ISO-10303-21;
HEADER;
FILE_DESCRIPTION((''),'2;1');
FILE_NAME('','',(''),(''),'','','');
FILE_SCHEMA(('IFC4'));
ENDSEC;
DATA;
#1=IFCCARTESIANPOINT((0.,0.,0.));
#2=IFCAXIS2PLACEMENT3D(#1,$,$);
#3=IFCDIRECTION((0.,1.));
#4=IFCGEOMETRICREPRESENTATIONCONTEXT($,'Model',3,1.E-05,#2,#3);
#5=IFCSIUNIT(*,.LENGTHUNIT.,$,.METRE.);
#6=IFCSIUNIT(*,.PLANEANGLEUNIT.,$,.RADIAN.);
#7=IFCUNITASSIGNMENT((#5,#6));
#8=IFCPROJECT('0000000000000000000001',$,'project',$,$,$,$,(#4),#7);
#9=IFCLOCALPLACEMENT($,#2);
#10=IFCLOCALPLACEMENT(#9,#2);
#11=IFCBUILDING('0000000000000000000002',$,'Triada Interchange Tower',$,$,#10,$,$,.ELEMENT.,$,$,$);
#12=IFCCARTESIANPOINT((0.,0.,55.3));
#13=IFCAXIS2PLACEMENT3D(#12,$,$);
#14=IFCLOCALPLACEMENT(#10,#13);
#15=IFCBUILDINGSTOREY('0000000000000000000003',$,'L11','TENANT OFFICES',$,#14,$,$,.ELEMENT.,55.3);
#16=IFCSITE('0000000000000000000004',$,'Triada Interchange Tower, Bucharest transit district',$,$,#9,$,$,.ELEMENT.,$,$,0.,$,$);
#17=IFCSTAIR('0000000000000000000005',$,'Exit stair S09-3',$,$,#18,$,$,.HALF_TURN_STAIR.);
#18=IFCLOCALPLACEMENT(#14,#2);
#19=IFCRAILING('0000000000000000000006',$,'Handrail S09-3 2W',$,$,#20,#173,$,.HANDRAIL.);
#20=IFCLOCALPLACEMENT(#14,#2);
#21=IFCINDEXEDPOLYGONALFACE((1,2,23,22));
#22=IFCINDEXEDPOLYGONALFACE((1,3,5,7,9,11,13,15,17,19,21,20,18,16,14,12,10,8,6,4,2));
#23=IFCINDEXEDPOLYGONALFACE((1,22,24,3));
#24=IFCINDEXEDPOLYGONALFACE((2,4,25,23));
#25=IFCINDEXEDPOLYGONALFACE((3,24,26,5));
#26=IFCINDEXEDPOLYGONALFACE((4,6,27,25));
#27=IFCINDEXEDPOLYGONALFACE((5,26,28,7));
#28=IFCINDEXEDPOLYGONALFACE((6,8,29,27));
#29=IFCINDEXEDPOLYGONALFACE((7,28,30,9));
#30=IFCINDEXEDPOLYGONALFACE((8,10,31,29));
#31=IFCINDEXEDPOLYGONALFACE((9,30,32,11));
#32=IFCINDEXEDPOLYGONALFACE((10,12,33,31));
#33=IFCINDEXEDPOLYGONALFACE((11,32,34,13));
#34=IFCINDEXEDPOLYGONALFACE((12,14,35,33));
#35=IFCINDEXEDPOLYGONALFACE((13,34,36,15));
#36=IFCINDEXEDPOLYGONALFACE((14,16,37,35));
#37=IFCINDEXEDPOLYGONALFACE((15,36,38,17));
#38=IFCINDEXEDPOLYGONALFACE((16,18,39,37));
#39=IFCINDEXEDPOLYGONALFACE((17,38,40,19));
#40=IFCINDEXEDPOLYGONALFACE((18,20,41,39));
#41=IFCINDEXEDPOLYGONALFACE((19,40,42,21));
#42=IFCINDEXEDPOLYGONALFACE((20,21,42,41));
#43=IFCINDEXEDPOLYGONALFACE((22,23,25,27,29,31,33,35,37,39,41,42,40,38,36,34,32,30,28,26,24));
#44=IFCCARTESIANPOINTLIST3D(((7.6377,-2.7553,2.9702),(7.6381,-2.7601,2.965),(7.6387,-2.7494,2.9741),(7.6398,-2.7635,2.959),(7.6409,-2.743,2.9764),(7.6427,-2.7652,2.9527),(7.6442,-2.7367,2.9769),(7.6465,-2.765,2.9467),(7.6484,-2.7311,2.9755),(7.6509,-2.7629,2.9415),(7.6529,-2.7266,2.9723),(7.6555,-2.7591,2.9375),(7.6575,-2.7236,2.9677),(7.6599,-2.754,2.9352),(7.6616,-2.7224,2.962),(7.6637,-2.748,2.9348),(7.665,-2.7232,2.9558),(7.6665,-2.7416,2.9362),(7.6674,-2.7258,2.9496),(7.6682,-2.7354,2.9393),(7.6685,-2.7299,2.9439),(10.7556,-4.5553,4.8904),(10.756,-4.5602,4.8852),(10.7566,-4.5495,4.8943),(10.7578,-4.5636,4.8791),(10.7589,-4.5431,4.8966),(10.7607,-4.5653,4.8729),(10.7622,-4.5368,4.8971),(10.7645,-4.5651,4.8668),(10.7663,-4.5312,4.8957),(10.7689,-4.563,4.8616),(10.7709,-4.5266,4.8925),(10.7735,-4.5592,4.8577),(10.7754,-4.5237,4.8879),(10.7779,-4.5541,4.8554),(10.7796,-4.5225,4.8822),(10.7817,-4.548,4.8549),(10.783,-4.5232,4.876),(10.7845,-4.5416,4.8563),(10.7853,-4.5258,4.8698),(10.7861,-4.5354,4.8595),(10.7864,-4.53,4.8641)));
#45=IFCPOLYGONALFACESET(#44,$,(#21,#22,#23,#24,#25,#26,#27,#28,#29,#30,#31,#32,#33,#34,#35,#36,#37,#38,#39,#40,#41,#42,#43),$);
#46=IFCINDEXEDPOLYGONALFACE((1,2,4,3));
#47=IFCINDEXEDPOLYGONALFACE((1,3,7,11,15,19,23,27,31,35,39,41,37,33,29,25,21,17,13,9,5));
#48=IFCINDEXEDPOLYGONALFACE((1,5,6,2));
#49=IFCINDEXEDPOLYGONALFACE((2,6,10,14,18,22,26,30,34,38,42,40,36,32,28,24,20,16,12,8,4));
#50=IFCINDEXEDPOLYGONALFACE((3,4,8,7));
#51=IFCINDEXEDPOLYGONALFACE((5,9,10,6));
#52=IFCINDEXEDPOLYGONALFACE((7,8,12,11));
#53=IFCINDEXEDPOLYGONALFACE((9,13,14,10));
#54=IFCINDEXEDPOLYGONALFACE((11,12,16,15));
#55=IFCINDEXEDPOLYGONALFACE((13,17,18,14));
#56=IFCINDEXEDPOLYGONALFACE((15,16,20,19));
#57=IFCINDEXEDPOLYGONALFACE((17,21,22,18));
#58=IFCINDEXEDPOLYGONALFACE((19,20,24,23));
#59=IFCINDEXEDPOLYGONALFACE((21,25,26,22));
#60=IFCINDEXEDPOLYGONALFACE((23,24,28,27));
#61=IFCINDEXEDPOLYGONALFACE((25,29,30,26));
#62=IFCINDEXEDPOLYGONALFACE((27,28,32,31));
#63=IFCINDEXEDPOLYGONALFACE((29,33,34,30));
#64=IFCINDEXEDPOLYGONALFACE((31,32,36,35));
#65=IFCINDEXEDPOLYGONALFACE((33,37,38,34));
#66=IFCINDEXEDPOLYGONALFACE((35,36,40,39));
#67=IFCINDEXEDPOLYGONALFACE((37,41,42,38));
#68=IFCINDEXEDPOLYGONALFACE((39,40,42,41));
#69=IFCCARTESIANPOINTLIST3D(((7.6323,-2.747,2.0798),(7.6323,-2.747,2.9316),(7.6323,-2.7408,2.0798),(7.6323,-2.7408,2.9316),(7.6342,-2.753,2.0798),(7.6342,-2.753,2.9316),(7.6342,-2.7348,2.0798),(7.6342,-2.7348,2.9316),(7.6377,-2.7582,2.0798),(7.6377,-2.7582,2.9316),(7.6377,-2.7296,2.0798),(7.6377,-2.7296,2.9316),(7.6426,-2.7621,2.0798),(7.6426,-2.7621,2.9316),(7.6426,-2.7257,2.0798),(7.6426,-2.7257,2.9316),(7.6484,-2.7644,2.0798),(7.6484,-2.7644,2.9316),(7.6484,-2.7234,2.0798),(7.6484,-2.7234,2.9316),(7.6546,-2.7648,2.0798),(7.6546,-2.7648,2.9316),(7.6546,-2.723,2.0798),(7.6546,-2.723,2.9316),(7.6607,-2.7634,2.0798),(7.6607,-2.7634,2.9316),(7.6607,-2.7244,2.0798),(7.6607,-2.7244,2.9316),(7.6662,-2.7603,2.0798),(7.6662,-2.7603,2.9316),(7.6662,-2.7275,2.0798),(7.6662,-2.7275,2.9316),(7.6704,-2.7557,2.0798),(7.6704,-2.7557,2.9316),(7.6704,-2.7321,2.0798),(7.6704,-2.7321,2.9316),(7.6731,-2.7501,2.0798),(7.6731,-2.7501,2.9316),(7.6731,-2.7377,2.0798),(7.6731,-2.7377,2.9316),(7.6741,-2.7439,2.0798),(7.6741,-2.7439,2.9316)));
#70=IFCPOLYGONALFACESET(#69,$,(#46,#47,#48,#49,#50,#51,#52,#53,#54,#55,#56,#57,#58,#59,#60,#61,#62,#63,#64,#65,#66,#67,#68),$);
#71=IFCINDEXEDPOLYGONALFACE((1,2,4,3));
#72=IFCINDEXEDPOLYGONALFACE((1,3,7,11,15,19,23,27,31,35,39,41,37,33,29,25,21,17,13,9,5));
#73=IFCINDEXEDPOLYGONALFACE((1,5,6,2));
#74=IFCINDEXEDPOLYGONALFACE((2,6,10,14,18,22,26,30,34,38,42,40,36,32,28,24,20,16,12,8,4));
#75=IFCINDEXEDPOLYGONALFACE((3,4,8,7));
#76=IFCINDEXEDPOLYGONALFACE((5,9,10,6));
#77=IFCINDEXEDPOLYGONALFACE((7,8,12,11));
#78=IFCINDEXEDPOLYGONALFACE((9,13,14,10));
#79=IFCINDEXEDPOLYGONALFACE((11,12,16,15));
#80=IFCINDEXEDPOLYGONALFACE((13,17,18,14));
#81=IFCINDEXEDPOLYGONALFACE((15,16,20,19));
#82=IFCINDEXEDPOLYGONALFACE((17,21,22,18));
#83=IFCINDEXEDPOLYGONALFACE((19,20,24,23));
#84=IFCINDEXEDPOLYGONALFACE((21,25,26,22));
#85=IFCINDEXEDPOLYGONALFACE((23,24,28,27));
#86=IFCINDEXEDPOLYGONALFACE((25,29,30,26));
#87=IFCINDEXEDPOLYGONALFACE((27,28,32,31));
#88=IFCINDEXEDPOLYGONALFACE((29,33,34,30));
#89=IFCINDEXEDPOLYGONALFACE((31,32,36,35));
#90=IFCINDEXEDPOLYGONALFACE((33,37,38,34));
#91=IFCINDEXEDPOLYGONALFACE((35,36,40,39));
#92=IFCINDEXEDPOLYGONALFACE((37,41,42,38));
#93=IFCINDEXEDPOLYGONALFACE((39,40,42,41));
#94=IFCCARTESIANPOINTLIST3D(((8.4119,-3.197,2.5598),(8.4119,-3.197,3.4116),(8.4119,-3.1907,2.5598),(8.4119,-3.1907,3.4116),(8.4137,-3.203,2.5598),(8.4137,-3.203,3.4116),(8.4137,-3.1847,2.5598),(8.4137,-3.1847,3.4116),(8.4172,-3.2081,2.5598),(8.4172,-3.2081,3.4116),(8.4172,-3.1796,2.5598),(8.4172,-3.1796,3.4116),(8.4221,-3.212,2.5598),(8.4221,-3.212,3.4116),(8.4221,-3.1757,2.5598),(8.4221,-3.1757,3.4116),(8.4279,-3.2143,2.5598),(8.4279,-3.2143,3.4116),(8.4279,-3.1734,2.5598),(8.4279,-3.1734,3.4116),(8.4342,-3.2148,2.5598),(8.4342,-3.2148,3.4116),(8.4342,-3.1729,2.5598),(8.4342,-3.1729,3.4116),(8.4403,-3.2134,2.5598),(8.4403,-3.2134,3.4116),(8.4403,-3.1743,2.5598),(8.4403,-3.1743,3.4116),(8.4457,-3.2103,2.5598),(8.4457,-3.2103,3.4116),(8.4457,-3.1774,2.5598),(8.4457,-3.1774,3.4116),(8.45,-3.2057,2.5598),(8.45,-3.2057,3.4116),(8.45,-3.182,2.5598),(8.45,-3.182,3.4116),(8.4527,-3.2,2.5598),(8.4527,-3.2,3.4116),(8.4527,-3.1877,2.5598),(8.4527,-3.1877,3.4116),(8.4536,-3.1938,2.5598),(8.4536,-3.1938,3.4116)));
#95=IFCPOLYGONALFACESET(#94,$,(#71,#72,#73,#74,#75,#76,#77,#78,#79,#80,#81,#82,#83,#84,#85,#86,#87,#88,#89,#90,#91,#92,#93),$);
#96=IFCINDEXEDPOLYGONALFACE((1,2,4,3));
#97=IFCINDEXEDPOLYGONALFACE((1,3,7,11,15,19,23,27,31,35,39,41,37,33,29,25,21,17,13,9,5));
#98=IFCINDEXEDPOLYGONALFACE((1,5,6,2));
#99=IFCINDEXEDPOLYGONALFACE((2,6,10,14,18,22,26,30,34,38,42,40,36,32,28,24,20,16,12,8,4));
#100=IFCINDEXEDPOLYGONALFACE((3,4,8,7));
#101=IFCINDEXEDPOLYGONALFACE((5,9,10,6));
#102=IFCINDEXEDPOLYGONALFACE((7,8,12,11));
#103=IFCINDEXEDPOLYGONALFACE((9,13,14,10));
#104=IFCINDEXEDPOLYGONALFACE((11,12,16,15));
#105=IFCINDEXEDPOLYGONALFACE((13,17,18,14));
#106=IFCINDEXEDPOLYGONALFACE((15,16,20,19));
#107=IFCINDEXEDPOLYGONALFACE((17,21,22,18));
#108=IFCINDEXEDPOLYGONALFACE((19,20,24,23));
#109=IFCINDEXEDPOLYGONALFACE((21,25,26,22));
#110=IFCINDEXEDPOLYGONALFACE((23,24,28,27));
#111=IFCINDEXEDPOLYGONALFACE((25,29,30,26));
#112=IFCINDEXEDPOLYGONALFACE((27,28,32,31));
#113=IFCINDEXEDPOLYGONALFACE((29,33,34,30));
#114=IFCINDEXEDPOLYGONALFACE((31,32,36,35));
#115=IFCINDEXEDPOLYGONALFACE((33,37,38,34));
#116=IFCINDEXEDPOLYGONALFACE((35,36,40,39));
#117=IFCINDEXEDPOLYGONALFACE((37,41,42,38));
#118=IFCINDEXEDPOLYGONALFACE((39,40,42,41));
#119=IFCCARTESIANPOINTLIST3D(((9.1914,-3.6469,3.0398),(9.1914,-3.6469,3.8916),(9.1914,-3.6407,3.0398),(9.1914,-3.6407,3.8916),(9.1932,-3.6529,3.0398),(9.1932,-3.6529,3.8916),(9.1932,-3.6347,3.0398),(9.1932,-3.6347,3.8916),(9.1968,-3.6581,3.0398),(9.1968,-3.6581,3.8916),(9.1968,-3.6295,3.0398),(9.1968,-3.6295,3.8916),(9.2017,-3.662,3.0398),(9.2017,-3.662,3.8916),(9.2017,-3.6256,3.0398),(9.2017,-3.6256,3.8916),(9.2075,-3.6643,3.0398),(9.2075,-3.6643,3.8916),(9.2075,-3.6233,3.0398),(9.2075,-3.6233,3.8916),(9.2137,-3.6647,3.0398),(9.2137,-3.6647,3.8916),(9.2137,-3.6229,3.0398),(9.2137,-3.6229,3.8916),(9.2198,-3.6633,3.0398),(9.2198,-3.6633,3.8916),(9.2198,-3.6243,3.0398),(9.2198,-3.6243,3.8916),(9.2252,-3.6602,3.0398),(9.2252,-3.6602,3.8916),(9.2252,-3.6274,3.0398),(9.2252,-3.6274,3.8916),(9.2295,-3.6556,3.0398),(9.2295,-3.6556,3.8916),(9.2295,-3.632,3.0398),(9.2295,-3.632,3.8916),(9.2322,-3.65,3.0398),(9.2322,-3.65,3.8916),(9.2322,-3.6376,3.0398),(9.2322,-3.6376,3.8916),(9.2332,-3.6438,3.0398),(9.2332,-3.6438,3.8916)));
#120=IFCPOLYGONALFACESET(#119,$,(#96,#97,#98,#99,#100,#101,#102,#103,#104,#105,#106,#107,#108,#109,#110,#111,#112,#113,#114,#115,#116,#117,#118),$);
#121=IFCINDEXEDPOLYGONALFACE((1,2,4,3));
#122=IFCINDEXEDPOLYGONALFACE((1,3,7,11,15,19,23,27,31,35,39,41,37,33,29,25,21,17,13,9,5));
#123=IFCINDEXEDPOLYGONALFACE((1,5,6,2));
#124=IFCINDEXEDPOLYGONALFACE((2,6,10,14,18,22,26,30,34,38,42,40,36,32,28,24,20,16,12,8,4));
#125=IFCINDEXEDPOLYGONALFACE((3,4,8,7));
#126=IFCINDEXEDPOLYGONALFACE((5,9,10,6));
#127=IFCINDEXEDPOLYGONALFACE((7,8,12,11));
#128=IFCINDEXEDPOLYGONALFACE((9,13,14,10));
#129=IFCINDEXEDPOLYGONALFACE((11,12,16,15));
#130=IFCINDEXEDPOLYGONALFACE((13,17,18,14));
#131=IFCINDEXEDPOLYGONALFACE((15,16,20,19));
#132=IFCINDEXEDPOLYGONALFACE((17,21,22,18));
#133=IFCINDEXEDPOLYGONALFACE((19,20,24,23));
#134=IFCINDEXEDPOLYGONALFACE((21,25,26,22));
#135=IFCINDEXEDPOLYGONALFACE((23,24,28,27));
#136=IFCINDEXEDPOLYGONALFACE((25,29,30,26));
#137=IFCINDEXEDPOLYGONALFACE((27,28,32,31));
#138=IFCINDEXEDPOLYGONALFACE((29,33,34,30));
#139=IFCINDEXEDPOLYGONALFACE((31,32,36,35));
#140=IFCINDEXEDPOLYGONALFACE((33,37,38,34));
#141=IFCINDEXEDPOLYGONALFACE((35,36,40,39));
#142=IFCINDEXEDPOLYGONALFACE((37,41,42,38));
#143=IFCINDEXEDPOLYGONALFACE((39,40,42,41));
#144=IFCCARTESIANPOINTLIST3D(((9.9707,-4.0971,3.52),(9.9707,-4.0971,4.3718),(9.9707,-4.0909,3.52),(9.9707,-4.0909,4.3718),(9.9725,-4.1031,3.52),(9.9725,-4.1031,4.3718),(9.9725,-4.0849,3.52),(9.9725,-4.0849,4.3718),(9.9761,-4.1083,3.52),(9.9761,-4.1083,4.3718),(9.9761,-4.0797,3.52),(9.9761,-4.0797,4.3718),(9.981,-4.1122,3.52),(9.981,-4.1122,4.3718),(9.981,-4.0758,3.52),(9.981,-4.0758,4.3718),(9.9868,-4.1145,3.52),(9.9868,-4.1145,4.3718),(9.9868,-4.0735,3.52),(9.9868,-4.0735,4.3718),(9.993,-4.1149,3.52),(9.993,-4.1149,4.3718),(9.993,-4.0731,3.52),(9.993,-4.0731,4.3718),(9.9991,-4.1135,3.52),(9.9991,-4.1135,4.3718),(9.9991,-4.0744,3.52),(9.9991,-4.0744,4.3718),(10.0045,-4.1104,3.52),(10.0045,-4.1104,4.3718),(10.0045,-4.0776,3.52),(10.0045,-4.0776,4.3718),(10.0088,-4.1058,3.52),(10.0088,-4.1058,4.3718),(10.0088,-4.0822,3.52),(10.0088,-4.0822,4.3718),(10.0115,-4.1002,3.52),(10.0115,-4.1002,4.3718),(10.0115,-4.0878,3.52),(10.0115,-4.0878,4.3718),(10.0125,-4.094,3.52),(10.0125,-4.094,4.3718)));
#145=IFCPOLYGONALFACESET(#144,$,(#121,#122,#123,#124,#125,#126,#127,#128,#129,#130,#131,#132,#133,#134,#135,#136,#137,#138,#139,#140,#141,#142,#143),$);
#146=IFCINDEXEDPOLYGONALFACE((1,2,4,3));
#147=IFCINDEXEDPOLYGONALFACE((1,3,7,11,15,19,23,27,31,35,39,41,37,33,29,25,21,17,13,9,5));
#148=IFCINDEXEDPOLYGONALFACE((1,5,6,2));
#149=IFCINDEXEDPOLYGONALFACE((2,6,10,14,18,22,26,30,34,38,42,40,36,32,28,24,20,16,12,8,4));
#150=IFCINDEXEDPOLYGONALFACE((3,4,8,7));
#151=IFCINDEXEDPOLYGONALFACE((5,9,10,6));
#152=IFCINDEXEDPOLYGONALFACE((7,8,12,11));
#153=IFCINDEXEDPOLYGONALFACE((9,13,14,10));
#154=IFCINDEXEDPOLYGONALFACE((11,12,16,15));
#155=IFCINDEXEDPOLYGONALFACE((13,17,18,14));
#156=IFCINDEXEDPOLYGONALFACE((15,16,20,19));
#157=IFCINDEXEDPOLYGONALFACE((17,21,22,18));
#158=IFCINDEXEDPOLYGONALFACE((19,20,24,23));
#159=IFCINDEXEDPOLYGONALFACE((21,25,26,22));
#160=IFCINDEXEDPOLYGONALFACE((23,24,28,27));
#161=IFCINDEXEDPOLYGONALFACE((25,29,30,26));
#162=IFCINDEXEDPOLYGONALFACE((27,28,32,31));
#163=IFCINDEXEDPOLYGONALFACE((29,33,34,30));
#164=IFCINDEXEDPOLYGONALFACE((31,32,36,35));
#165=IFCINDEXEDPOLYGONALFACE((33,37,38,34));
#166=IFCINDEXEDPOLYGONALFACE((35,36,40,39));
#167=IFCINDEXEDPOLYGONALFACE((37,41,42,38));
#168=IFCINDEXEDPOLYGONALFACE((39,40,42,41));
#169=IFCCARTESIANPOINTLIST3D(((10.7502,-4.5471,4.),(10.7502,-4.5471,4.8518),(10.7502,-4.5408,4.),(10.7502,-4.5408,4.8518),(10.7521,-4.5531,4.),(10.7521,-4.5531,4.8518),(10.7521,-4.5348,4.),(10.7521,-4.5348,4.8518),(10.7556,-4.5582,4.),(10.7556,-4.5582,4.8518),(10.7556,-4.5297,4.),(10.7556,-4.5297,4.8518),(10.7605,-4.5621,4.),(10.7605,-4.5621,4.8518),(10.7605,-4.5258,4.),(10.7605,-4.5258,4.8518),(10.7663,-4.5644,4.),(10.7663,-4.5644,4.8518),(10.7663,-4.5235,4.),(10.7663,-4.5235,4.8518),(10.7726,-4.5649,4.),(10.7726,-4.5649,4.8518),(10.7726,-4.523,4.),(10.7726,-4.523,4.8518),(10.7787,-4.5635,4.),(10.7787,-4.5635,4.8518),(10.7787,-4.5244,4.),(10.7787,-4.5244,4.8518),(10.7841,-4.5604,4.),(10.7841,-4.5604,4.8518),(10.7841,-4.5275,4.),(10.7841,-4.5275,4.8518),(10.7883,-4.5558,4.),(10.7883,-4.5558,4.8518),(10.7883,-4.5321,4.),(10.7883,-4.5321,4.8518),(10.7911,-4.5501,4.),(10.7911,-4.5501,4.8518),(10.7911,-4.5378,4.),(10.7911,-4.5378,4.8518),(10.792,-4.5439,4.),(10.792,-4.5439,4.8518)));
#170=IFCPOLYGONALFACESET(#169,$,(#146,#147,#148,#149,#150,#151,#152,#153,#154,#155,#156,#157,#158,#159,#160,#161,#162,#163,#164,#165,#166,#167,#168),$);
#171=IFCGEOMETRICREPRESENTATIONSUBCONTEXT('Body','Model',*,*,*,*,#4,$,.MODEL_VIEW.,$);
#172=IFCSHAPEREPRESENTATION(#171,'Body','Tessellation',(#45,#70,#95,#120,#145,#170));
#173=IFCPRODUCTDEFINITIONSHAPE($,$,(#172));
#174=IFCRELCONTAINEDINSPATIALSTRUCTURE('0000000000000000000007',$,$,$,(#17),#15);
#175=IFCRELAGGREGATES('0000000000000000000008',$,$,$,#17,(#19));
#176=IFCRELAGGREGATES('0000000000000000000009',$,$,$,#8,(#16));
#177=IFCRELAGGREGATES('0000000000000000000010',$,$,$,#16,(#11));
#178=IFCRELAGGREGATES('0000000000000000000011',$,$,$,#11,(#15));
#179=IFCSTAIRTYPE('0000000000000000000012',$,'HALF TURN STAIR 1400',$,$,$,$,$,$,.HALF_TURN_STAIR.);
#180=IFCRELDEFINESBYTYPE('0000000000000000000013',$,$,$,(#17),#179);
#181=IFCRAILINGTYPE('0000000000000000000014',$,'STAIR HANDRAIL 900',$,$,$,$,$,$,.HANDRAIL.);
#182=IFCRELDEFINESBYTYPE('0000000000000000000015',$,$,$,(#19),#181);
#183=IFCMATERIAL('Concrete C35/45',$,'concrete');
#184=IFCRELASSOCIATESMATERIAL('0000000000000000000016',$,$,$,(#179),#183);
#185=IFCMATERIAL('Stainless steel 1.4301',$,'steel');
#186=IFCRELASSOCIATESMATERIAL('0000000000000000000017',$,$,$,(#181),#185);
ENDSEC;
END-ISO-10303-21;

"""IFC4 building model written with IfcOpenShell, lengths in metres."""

from ifc_helpers import new_model, si_unit, direction, frame, origin, origin_2d, place, context, subcontext, project, spatial, circle, extrude, material, type_object, element, aggregate, save


model = new_model("IFC4")

# Units and contexts
model_context = context("Model", 3, precision=1e-05, world=origin(), true_north=direction((0.0, 1.0)))
body_context = subcontext(model_context, "Body", "Model", "MODEL_VIEW")
ifc_project = project(units=[si_unit("LENGTHUNIT", "METRE"), si_unit("PLANEANGLEUNIT", "RADIAN")], contexts=[model_context])

# Site, building, storey
site_placement = place(None, origin())
site = spatial("IfcSite", under=ifc_project, at=site_placement, Name="Triada Interchange Tower, Bucharest transit district", CompositionType="ELEMENT", RefElevation=0.0)
building_placement = place(site_placement, origin())
building = spatial("IfcBuilding", under=site, at=building_placement, Name="Triada Interchange Tower", CompositionType="ELEMENT")
storey_placement = place(building_placement, frame((0.0, 0.0, 55.3)))
storey = spatial("IfcBuildingStorey", under=building, at=storey_placement, Name="L11", Description="TENANT OFFICES", CompositionType="ELEMENT", Elevation=55.3)

# Stair, railing
ifc_material_1 = material(Name="Concrete C35/45", Category="concrete")
stair_type = type_object("IfcStairType", Name="HALF TURN STAIR 1400", PredefinedType="HALF_TURN_STAIR", material=ifc_material_1)
stair_placement = place(storey_placement, origin())
stair = element("IfcStair", 1, at=stair_placement, inside=storey, type_object=stair_type, Name="Exit stair S09-3", PredefinedType="HALF_TURN_STAIR")
ifc_material_2 = material(Name="Stainless steel 1.4301", Category="steel")
railing_type = type_object("IfcRailingType", Name="STAIR HANDRAIL 900", PredefinedType="HANDRAIL", material=ifc_material_2)
railing_1_placement = place(storey_placement, frame((7.6531, -2.7439, 2.0798)))
railing_1 = element("IfcRailing", 2, at=railing_1_placement, type_object=railing_type, Name="Handrail S09-3 2W", PredefinedType="HANDRAIL", context=body_context, shape_type="SweptSolid", body=[
    extrude(circle(Radius=0.0239, at=origin_2d()), frame((0.0, 0.0, 0.876), z_axis=(0.764145, -0.441159, 0.470597), x_axis=(0.499983, 0.866035, 0.0)), (0.0, 0.0, 1.0), 4.0803),
    extrude(circle(Radius=0.021, at=origin_2d()), origin(), (0.0, 0.0, 1.0), 0.8518),
    extrude(circle(Radius=0.021, at=origin_2d()), frame((0.7795, -0.45, 0.48)), (0.0, 0.0, 1.0), 0.8518),
    extrude(circle(Radius=0.021, at=origin_2d()), frame((1.5591, -0.8999, 0.96)), (0.0, 0.0, 1.0), 0.8518),
    extrude(circle(Radius=0.021, at=origin_2d()), frame((2.3384, -1.3501, 1.4402)), (0.0, 0.0, 1.0), 0.8518),
    extrude(circle(Radius=0.021, at=origin_2d()), frame((3.1179, -1.8, 1.9202)), (0.0, 0.0, 1.0), 0.8518),
])
aggregate(stair, [railing_1])

save(model, "model.ifc")
